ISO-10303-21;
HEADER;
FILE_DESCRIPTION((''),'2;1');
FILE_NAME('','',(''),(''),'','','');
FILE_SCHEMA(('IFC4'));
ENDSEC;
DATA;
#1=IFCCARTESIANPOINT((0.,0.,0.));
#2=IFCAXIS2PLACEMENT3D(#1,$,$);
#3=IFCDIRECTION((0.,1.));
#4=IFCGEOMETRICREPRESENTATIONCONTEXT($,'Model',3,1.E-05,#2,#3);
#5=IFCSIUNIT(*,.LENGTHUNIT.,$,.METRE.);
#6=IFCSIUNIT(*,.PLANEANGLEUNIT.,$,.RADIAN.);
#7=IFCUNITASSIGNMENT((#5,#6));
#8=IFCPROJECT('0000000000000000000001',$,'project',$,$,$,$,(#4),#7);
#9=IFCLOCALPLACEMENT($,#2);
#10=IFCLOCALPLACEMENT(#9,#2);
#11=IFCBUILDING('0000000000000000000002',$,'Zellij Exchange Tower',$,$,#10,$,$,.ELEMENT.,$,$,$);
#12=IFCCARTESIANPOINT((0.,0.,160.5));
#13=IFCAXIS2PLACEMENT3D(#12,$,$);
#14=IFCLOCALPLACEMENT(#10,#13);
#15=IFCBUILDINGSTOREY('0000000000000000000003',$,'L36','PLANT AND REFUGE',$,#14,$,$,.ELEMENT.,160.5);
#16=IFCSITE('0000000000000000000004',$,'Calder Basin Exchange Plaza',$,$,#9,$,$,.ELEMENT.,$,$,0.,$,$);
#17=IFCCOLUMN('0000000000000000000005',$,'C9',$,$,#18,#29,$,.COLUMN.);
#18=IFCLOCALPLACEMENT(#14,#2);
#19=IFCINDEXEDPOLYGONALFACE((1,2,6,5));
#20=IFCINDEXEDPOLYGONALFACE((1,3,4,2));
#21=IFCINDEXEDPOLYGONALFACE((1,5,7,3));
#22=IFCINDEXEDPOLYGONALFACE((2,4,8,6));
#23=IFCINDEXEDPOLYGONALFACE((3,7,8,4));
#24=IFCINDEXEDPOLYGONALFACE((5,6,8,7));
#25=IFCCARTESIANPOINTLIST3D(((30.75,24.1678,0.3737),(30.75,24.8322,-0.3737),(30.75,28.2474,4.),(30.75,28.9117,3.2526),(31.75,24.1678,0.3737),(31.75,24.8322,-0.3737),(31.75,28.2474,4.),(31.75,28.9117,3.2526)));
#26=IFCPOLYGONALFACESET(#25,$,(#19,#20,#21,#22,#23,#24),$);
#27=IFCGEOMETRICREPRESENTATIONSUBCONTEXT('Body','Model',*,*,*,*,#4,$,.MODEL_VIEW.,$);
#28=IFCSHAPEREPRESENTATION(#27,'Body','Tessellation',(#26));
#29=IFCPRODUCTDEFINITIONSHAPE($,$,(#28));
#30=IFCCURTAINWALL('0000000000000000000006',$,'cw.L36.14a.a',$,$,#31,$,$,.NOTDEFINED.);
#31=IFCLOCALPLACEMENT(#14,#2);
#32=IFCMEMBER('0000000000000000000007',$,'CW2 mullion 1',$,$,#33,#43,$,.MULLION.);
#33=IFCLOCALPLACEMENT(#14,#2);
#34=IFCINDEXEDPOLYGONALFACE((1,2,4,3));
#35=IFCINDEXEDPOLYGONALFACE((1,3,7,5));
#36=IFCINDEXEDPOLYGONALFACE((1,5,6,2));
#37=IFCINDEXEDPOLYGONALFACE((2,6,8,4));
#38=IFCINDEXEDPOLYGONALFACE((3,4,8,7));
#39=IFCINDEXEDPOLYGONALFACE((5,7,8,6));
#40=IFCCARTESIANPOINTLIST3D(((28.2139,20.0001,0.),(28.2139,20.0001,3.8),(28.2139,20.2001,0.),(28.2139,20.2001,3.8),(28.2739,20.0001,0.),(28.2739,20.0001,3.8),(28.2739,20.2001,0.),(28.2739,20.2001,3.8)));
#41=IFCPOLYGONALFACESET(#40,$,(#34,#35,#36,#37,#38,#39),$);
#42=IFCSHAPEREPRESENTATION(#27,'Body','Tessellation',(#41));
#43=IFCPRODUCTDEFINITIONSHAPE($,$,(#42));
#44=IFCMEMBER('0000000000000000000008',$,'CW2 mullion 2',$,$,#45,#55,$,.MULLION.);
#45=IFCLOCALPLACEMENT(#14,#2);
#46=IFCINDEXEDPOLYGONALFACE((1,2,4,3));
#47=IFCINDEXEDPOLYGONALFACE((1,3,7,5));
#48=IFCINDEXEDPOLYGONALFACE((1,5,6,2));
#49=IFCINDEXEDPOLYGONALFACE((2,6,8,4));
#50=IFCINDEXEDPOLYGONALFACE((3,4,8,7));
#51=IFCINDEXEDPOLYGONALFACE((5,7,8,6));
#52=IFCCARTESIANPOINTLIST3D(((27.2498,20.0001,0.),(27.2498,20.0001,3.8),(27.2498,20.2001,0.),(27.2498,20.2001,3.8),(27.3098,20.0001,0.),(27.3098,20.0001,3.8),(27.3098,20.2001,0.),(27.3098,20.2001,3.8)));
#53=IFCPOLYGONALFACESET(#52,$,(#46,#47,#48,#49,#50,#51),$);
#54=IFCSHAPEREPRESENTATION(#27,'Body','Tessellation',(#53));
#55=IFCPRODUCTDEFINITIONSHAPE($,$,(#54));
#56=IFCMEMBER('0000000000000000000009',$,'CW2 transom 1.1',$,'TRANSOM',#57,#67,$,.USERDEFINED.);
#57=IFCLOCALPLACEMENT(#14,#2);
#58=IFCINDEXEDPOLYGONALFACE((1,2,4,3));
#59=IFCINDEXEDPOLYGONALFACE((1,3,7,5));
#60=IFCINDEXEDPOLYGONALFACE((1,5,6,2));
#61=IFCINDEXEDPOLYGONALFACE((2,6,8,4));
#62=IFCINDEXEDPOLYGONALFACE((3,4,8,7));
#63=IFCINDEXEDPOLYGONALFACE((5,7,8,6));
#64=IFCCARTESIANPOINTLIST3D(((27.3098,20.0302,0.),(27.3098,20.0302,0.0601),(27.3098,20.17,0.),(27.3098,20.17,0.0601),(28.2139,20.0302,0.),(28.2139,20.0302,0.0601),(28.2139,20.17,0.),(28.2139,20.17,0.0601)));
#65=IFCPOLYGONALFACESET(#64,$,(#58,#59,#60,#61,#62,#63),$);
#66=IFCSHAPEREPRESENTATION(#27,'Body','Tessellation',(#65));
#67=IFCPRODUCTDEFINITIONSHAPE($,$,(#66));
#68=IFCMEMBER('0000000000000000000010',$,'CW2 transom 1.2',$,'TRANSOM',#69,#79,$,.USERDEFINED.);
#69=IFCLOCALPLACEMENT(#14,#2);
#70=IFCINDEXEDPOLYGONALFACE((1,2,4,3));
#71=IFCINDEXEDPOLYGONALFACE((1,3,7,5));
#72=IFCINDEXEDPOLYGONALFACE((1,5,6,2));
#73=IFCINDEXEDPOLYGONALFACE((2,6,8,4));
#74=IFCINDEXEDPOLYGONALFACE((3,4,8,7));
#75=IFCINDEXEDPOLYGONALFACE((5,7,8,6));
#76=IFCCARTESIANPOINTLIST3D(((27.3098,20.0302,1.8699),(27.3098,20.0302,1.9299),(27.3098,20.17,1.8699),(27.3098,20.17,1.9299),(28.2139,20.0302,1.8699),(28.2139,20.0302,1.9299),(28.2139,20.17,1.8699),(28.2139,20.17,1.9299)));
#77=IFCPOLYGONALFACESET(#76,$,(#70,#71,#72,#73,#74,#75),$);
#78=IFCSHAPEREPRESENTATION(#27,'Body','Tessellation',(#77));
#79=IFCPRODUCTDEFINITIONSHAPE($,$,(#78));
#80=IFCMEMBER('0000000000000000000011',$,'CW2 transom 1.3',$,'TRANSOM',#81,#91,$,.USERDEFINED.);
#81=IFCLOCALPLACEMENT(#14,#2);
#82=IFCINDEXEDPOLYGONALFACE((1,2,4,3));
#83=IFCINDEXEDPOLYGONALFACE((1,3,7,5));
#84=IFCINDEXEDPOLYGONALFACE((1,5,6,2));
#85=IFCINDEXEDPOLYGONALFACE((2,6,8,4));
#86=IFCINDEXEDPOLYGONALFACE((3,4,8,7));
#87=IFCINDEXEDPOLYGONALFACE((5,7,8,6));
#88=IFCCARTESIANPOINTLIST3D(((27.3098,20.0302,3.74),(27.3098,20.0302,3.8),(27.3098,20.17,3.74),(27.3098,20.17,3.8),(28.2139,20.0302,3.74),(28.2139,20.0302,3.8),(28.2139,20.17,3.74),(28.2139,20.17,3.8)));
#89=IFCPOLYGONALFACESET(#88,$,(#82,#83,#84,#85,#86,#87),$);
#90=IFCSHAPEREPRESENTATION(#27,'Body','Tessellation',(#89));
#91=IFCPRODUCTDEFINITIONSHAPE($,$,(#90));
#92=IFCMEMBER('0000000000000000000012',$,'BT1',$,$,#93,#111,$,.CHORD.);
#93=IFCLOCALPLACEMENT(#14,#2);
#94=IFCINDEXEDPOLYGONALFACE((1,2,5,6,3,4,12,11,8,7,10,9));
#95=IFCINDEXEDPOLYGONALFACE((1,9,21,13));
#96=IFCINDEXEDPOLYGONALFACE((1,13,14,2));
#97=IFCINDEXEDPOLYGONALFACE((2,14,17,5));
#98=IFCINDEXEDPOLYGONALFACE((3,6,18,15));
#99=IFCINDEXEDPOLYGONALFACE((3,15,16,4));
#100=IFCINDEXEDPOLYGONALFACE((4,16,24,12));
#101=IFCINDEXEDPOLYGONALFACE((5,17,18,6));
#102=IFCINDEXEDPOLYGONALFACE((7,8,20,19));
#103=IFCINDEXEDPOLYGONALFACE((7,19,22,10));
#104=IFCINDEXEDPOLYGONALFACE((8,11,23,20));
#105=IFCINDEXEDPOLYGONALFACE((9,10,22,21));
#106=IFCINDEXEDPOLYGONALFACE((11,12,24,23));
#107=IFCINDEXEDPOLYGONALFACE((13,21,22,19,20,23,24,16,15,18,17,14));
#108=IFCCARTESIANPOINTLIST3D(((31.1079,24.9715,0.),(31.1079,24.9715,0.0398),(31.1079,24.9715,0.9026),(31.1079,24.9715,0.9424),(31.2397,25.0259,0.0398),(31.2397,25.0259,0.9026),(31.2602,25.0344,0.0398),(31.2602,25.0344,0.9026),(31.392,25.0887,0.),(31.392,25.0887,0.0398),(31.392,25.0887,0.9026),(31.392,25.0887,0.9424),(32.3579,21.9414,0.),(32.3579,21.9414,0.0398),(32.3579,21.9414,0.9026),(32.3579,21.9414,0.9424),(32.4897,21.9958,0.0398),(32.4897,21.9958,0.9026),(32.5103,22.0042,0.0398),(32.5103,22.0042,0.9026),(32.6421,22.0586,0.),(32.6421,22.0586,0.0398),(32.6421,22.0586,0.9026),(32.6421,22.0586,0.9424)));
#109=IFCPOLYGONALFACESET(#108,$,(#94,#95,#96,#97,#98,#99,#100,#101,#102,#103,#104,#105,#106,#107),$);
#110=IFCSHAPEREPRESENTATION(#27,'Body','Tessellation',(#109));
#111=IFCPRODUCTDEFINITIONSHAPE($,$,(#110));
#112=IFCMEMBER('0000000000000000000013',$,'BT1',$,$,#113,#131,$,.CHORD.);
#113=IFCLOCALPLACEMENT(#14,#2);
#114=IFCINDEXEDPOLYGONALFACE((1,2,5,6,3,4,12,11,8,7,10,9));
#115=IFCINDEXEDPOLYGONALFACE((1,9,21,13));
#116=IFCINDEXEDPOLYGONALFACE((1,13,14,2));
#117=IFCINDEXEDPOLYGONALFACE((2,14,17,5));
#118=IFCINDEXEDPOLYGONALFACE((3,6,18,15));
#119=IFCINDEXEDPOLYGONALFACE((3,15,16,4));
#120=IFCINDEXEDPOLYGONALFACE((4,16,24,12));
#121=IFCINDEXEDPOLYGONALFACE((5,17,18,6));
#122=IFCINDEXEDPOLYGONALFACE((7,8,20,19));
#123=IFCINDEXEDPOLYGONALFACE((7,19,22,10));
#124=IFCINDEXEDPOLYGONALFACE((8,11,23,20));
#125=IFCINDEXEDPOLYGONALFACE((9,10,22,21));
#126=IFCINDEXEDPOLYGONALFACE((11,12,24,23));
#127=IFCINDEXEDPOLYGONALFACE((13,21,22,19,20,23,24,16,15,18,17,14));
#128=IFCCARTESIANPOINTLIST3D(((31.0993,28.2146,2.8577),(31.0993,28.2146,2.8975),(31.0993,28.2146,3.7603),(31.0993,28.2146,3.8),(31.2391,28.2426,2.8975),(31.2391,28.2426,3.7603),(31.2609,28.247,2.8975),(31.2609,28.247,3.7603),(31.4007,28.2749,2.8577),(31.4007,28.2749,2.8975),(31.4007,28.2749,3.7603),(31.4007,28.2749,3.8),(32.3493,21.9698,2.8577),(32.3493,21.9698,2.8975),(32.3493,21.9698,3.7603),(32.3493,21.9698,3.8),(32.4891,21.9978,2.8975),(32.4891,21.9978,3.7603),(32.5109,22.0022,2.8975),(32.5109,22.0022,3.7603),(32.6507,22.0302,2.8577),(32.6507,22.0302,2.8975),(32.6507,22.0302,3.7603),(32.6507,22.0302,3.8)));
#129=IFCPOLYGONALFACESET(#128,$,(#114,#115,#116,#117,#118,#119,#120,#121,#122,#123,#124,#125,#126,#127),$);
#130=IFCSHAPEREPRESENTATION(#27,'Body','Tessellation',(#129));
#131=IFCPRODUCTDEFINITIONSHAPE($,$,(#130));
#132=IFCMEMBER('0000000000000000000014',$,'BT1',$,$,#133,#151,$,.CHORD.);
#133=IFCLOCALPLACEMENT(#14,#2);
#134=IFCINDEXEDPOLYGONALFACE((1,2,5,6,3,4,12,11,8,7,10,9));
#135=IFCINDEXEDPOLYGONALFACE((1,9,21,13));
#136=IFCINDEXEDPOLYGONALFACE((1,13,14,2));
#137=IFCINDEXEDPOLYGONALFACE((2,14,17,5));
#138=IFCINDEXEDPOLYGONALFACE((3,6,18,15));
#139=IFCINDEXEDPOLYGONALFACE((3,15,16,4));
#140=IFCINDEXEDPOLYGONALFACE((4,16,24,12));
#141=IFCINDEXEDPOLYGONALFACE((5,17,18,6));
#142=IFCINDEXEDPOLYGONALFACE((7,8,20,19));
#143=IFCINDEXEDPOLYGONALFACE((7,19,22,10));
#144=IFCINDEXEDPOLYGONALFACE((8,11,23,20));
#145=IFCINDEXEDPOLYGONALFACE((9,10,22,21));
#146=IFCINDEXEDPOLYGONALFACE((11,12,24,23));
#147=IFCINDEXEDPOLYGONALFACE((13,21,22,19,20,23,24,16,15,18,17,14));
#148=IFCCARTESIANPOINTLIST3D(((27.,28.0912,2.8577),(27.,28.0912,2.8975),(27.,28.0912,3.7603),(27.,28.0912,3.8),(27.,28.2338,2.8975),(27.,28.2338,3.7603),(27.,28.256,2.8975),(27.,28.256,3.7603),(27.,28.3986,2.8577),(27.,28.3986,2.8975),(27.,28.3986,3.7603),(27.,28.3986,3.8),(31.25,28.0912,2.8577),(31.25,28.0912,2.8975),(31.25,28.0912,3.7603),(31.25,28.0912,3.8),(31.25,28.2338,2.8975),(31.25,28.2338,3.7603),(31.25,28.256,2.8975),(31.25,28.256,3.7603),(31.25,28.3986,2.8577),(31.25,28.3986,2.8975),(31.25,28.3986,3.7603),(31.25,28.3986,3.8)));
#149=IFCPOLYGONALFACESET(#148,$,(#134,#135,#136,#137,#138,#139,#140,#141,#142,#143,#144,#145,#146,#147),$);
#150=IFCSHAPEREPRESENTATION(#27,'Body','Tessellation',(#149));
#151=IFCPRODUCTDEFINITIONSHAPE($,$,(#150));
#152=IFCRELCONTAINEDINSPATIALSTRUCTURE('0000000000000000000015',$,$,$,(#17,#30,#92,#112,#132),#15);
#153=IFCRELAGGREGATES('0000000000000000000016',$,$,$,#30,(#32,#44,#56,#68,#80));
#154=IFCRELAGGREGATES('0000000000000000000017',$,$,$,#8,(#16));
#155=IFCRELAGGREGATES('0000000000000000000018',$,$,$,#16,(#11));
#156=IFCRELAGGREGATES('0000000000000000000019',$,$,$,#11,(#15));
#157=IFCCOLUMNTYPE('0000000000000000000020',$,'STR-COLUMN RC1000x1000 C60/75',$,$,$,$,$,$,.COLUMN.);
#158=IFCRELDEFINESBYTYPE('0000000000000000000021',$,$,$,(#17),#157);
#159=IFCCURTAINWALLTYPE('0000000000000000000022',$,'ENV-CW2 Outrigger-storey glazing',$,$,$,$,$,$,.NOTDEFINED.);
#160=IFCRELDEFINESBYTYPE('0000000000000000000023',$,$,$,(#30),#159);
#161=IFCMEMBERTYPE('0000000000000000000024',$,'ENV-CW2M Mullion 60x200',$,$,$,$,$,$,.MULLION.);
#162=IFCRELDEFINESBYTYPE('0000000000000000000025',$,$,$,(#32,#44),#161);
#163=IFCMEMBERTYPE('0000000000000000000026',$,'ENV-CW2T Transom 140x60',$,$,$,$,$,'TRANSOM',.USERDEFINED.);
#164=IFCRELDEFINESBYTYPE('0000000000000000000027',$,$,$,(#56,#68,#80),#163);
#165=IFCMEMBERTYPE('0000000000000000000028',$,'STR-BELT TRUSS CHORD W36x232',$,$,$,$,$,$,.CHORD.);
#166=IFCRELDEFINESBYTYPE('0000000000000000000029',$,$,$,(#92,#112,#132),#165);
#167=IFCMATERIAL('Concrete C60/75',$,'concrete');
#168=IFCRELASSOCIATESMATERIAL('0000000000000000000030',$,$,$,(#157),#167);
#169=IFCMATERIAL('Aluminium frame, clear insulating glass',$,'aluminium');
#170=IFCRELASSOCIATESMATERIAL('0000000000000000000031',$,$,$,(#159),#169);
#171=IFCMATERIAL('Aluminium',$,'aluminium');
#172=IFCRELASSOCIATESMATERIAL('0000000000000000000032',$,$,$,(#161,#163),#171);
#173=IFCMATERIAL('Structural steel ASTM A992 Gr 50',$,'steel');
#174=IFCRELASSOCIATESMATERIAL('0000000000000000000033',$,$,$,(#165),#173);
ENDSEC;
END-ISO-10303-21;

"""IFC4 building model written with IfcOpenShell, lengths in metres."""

from ifc_helpers import new_model, si_unit, direction, frame, origin, origin_2d, place, context, subcontext, project, spatial, rectangle, i_section, extrude, clip, halfspace, material, material_profile, profile_set, type_object, element, aggregate, save


model = new_model("IFC4")

# Units and contexts
model_context = context("Model", 3, precision=1e-05, world=origin(), true_north=direction((0.0, 1.0)))
body_context = subcontext(model_context, "Body", "Model", "MODEL_VIEW")
ifc_project = project(units=[si_unit("LENGTHUNIT", "METRE"), si_unit("PLANEANGLEUNIT", "RADIAN")], contexts=[model_context])

# Site, building, storey
site_placement = place(None, origin())
site = spatial("IfcSite", under=ifc_project, at=site_placement, Name="Calder Basin Exchange Plaza", CompositionType="ELEMENT", RefElevation=0.0)
building_placement = place(site_placement, origin())
building = spatial("IfcBuilding", under=site, at=building_placement, Name="Zellij Exchange Tower", CompositionType="ELEMENT")
storey_placement = place(building_placement, frame((0.0, 0.0, 160.5)))
storey = spatial("IfcBuildingStorey", under=building, at=storey_placement, Name="L36", Description="PLANT AND REFUGE", CompositionType="ELEMENT", Elevation=160.5)

# Column
ifc_material_1 = material(Name="Concrete C60/75", Category="concrete")
ifc_material_profile_1 = material_profile(ifc_material_1, rectangle(XDim=1.0, YDim=1.0, at=origin_2d()), Name="STR-COLUMN RC1000x1000 C60/75")
ifc_profile_set_1 = profile_set([ifc_material_profile_1], Name="Concrete C60/75")
column_type = type_object("IfcColumnType", Name="STR-COLUMN RC1000x1000 C60/75", PredefinedType="COLUMN", material=ifc_profile_set_1)
column_placement = place(storey_placement, frame((31.25, 24.5, 0.0), z_axis=(0.0, 0.747409, 0.664364), x_axis=(-1.0, 0.0, 0.0)))
element("IfcColumn", 1, at=column_placement, inside=storey, type_object=column_type, Name="C9", PredefinedType="COLUMN", context=body_context, shape_type="Clipping", body=[
    clip(extrude(rectangle(XDim=1.0, YDim=1.0, at=origin_2d()), origin(), (0.0, 0.0, 1.0), 6.0208), halfspace(frame((0.0, 0.0, 5.4583)), False)),
])

# Curtain wall, members
ifc_material_2 = material(Name="Aluminium frame, clear insulating glass", Category="aluminium")
curtain_wall_type = type_object("IfcCurtainWallType", Name="ENV-CW2 Outrigger-storey glazing", PredefinedType="NOTDEFINED", material=ifc_material_2)
curtain_wall_placement = place(storey_placement, origin())
curtain_wall = element("IfcCurtainWall", 2, at=curtain_wall_placement, inside=storey, type_object=curtain_wall_type, Name="cw.L36.14a.a", PredefinedType="NOTDEFINED")
ifc_material_3 = material(Name="Aluminium", Category="aluminium")
ifc_material_profile_2 = material_profile(ifc_material_3, rectangle(XDim=0.0601, YDim=0.2, at=origin_2d()), Name="AL 60x200")
ifc_profile_set_2 = profile_set([ifc_material_profile_2], Name="Aluminium")
member_type_1 = type_object("IfcMemberType", Name="ENV-CW2M Mullion 60x200", PredefinedType="MULLION", material=ifc_profile_set_2)
member_1_placement = place(storey_placement, frame((28.2439, 20.1001, 0.0), z_axis=(0.0, 0.0, 1.0), x_axis=(-1.0, 0.0, 0.0)))
member_1 = element("IfcMember", 3, at=member_1_placement, type_object=member_type_1, Name="CW2 mullion 1", PredefinedType="MULLION", context=body_context, shape_type="SweptSolid", body=[
    extrude(rectangle(XDim=0.0601, YDim=0.2, at=origin_2d()), origin(), (0.0, 0.0, 1.0), 3.8),
])
member_2_placement = place(storey_placement, frame((27.2798, 20.1001, 0.0), z_axis=(0.0, 0.0, 1.0), x_axis=(-1.0, 0.0, 0.0)))
member_2 = element("IfcMember", 4, at=member_2_placement, type_object=member_type_1, Name="CW2 mullion 2", PredefinedType="MULLION", context=body_context, shape_type="SweptSolid", body=[
    extrude(rectangle(XDim=0.0601, YDim=0.2, at=origin_2d()), origin(), (0.0, 0.0, 1.0), 3.8),
])
ifc_material_profile_3 = material_profile(ifc_material_3, rectangle(XDim=0.1399, YDim=0.0601, at=origin_2d()), Name="AL 140x60")
ifc_profile_set_3 = profile_set([ifc_material_profile_3], Name="Aluminium")
member_type_2 = type_object("IfcMemberType", Name="ENV-CW2T Transom 140x60", ElementType="TRANSOM", PredefinedType="USERDEFINED", material=ifc_profile_set_3)
member_3_placement = place(storey_placement, frame((28.2139, 20.1001, 0.03), z_axis=(-1.0, 0.0, 0.0), x_axis=(0.0, -1.0, 0.0)))
member_3 = element("IfcMember", 5, at=member_3_placement, type_object=member_type_2, Name="CW2 transom 1.1", ObjectType="TRANSOM", PredefinedType="USERDEFINED", context=body_context, shape_type="SweptSolid", body=[
    extrude(rectangle(XDim=0.1399, YDim=0.0601, at=origin_2d()), origin(), (0.0, 0.0, 1.0), 0.9041),
])
member_4_placement = place(storey_placement, frame((28.2139, 20.1001, 1.8999), z_axis=(-1.0, 0.0, 0.0), x_axis=(0.0, -1.0, 0.0)))
member_4 = element("IfcMember", 6, at=member_4_placement, type_object=member_type_2, Name="CW2 transom 1.2", ObjectType="TRANSOM", PredefinedType="USERDEFINED", context=body_context, shape_type="SweptSolid", body=[
    extrude(rectangle(XDim=0.1399, YDim=0.0601, at=origin_2d()), origin(), (0.0, 0.0, 1.0), 0.9041),
])
member_5_placement = place(storey_placement, frame((28.2139, 20.1001, 3.77), z_axis=(-1.0, 0.0, 0.0), x_axis=(0.0, -1.0, 0.0)))
member_5 = element("IfcMember", 7, at=member_5_placement, type_object=member_type_2, Name="CW2 transom 1.3", ObjectType="TRANSOM", PredefinedType="USERDEFINED", context=body_context, shape_type="SweptSolid", body=[
    extrude(rectangle(XDim=0.1399, YDim=0.0601, at=origin_2d()), origin(), (0.0, 0.0, 1.0), 0.9041),
])

# Members
ifc_material_4 = material(Name="Structural steel ASTM A992 Gr 50", Category="steel")
ifc_material_profile_4 = material_profile(ifc_material_4, i_section(OverallWidth=0.3074, OverallDepth=0.9424, WebThickness=0.0222, FlangeThickness=0.0398, at=origin_2d()), Name="W36x232")
ifc_profile_set_4 = profile_set([ifc_material_profile_4], Name="Structural steel ASTM A992 Gr 50")
member_type_3 = type_object("IfcMemberType", Name="STR-BELT TRUSS CHORD W36x232", PredefinedType="CHORD", material=ifc_profile_set_4)
member_6_placement = place(storey_placement, frame((32.5, 22.0, 0.4712), z_axis=(-0.38136, 0.924426, 0.0), x_axis=(-0.924426, -0.38136, 0.0)))
element("IfcMember", 8, at=member_6_placement, inside=storey, type_object=member_type_3, Name="BT1", PredefinedType="CHORD", context=body_context, shape_type="SweptSolid", body=[
    extrude(i_section(OverallWidth=0.3074, OverallDepth=0.9424, WebThickness=0.0222, FlangeThickness=0.0398, at=origin_2d()), origin(), (0.0, 0.0, 1.0), 3.2778),
])
member_7_placement = place(storey_placement, frame((32.5, 22.0, 3.3289), z_axis=(-0.196271, 0.98055, 0.0), x_axis=(-0.98055, -0.196271, 0.0)))
element("IfcMember", 9, at=member_7_placement, inside=storey, type_object=member_type_3, Name="BT1", PredefinedType="CHORD", context=body_context, shape_type="SweptSolid", body=[
    extrude(i_section(OverallWidth=0.3074, OverallDepth=0.9424, WebThickness=0.0222, FlangeThickness=0.0398, at=origin_2d()), origin(), (0.0, 0.0, 1.0), 6.3687),
])
member_8_placement = place(storey_placement, frame((27.0, 28.2449, 3.3289), z_axis=(1.0, 0.0, 0.0), x_axis=(0.0, 1.0, 0.0)))
element("IfcMember", 10, at=member_8_placement, inside=storey, type_object=member_type_3, Name="BT1", PredefinedType="CHORD", context=body_context, shape_type="SweptSolid", body=[
    extrude(i_section(OverallWidth=0.3074, OverallDepth=0.9424, WebThickness=0.0222, FlangeThickness=0.0398, at=origin_2d()), origin(), (0.0, 0.0, 1.0), 4.25),
])

aggregate(curtain_wall, [member_1, member_2, member_3, member_4, member_5])

save(model, "model.ifc")
